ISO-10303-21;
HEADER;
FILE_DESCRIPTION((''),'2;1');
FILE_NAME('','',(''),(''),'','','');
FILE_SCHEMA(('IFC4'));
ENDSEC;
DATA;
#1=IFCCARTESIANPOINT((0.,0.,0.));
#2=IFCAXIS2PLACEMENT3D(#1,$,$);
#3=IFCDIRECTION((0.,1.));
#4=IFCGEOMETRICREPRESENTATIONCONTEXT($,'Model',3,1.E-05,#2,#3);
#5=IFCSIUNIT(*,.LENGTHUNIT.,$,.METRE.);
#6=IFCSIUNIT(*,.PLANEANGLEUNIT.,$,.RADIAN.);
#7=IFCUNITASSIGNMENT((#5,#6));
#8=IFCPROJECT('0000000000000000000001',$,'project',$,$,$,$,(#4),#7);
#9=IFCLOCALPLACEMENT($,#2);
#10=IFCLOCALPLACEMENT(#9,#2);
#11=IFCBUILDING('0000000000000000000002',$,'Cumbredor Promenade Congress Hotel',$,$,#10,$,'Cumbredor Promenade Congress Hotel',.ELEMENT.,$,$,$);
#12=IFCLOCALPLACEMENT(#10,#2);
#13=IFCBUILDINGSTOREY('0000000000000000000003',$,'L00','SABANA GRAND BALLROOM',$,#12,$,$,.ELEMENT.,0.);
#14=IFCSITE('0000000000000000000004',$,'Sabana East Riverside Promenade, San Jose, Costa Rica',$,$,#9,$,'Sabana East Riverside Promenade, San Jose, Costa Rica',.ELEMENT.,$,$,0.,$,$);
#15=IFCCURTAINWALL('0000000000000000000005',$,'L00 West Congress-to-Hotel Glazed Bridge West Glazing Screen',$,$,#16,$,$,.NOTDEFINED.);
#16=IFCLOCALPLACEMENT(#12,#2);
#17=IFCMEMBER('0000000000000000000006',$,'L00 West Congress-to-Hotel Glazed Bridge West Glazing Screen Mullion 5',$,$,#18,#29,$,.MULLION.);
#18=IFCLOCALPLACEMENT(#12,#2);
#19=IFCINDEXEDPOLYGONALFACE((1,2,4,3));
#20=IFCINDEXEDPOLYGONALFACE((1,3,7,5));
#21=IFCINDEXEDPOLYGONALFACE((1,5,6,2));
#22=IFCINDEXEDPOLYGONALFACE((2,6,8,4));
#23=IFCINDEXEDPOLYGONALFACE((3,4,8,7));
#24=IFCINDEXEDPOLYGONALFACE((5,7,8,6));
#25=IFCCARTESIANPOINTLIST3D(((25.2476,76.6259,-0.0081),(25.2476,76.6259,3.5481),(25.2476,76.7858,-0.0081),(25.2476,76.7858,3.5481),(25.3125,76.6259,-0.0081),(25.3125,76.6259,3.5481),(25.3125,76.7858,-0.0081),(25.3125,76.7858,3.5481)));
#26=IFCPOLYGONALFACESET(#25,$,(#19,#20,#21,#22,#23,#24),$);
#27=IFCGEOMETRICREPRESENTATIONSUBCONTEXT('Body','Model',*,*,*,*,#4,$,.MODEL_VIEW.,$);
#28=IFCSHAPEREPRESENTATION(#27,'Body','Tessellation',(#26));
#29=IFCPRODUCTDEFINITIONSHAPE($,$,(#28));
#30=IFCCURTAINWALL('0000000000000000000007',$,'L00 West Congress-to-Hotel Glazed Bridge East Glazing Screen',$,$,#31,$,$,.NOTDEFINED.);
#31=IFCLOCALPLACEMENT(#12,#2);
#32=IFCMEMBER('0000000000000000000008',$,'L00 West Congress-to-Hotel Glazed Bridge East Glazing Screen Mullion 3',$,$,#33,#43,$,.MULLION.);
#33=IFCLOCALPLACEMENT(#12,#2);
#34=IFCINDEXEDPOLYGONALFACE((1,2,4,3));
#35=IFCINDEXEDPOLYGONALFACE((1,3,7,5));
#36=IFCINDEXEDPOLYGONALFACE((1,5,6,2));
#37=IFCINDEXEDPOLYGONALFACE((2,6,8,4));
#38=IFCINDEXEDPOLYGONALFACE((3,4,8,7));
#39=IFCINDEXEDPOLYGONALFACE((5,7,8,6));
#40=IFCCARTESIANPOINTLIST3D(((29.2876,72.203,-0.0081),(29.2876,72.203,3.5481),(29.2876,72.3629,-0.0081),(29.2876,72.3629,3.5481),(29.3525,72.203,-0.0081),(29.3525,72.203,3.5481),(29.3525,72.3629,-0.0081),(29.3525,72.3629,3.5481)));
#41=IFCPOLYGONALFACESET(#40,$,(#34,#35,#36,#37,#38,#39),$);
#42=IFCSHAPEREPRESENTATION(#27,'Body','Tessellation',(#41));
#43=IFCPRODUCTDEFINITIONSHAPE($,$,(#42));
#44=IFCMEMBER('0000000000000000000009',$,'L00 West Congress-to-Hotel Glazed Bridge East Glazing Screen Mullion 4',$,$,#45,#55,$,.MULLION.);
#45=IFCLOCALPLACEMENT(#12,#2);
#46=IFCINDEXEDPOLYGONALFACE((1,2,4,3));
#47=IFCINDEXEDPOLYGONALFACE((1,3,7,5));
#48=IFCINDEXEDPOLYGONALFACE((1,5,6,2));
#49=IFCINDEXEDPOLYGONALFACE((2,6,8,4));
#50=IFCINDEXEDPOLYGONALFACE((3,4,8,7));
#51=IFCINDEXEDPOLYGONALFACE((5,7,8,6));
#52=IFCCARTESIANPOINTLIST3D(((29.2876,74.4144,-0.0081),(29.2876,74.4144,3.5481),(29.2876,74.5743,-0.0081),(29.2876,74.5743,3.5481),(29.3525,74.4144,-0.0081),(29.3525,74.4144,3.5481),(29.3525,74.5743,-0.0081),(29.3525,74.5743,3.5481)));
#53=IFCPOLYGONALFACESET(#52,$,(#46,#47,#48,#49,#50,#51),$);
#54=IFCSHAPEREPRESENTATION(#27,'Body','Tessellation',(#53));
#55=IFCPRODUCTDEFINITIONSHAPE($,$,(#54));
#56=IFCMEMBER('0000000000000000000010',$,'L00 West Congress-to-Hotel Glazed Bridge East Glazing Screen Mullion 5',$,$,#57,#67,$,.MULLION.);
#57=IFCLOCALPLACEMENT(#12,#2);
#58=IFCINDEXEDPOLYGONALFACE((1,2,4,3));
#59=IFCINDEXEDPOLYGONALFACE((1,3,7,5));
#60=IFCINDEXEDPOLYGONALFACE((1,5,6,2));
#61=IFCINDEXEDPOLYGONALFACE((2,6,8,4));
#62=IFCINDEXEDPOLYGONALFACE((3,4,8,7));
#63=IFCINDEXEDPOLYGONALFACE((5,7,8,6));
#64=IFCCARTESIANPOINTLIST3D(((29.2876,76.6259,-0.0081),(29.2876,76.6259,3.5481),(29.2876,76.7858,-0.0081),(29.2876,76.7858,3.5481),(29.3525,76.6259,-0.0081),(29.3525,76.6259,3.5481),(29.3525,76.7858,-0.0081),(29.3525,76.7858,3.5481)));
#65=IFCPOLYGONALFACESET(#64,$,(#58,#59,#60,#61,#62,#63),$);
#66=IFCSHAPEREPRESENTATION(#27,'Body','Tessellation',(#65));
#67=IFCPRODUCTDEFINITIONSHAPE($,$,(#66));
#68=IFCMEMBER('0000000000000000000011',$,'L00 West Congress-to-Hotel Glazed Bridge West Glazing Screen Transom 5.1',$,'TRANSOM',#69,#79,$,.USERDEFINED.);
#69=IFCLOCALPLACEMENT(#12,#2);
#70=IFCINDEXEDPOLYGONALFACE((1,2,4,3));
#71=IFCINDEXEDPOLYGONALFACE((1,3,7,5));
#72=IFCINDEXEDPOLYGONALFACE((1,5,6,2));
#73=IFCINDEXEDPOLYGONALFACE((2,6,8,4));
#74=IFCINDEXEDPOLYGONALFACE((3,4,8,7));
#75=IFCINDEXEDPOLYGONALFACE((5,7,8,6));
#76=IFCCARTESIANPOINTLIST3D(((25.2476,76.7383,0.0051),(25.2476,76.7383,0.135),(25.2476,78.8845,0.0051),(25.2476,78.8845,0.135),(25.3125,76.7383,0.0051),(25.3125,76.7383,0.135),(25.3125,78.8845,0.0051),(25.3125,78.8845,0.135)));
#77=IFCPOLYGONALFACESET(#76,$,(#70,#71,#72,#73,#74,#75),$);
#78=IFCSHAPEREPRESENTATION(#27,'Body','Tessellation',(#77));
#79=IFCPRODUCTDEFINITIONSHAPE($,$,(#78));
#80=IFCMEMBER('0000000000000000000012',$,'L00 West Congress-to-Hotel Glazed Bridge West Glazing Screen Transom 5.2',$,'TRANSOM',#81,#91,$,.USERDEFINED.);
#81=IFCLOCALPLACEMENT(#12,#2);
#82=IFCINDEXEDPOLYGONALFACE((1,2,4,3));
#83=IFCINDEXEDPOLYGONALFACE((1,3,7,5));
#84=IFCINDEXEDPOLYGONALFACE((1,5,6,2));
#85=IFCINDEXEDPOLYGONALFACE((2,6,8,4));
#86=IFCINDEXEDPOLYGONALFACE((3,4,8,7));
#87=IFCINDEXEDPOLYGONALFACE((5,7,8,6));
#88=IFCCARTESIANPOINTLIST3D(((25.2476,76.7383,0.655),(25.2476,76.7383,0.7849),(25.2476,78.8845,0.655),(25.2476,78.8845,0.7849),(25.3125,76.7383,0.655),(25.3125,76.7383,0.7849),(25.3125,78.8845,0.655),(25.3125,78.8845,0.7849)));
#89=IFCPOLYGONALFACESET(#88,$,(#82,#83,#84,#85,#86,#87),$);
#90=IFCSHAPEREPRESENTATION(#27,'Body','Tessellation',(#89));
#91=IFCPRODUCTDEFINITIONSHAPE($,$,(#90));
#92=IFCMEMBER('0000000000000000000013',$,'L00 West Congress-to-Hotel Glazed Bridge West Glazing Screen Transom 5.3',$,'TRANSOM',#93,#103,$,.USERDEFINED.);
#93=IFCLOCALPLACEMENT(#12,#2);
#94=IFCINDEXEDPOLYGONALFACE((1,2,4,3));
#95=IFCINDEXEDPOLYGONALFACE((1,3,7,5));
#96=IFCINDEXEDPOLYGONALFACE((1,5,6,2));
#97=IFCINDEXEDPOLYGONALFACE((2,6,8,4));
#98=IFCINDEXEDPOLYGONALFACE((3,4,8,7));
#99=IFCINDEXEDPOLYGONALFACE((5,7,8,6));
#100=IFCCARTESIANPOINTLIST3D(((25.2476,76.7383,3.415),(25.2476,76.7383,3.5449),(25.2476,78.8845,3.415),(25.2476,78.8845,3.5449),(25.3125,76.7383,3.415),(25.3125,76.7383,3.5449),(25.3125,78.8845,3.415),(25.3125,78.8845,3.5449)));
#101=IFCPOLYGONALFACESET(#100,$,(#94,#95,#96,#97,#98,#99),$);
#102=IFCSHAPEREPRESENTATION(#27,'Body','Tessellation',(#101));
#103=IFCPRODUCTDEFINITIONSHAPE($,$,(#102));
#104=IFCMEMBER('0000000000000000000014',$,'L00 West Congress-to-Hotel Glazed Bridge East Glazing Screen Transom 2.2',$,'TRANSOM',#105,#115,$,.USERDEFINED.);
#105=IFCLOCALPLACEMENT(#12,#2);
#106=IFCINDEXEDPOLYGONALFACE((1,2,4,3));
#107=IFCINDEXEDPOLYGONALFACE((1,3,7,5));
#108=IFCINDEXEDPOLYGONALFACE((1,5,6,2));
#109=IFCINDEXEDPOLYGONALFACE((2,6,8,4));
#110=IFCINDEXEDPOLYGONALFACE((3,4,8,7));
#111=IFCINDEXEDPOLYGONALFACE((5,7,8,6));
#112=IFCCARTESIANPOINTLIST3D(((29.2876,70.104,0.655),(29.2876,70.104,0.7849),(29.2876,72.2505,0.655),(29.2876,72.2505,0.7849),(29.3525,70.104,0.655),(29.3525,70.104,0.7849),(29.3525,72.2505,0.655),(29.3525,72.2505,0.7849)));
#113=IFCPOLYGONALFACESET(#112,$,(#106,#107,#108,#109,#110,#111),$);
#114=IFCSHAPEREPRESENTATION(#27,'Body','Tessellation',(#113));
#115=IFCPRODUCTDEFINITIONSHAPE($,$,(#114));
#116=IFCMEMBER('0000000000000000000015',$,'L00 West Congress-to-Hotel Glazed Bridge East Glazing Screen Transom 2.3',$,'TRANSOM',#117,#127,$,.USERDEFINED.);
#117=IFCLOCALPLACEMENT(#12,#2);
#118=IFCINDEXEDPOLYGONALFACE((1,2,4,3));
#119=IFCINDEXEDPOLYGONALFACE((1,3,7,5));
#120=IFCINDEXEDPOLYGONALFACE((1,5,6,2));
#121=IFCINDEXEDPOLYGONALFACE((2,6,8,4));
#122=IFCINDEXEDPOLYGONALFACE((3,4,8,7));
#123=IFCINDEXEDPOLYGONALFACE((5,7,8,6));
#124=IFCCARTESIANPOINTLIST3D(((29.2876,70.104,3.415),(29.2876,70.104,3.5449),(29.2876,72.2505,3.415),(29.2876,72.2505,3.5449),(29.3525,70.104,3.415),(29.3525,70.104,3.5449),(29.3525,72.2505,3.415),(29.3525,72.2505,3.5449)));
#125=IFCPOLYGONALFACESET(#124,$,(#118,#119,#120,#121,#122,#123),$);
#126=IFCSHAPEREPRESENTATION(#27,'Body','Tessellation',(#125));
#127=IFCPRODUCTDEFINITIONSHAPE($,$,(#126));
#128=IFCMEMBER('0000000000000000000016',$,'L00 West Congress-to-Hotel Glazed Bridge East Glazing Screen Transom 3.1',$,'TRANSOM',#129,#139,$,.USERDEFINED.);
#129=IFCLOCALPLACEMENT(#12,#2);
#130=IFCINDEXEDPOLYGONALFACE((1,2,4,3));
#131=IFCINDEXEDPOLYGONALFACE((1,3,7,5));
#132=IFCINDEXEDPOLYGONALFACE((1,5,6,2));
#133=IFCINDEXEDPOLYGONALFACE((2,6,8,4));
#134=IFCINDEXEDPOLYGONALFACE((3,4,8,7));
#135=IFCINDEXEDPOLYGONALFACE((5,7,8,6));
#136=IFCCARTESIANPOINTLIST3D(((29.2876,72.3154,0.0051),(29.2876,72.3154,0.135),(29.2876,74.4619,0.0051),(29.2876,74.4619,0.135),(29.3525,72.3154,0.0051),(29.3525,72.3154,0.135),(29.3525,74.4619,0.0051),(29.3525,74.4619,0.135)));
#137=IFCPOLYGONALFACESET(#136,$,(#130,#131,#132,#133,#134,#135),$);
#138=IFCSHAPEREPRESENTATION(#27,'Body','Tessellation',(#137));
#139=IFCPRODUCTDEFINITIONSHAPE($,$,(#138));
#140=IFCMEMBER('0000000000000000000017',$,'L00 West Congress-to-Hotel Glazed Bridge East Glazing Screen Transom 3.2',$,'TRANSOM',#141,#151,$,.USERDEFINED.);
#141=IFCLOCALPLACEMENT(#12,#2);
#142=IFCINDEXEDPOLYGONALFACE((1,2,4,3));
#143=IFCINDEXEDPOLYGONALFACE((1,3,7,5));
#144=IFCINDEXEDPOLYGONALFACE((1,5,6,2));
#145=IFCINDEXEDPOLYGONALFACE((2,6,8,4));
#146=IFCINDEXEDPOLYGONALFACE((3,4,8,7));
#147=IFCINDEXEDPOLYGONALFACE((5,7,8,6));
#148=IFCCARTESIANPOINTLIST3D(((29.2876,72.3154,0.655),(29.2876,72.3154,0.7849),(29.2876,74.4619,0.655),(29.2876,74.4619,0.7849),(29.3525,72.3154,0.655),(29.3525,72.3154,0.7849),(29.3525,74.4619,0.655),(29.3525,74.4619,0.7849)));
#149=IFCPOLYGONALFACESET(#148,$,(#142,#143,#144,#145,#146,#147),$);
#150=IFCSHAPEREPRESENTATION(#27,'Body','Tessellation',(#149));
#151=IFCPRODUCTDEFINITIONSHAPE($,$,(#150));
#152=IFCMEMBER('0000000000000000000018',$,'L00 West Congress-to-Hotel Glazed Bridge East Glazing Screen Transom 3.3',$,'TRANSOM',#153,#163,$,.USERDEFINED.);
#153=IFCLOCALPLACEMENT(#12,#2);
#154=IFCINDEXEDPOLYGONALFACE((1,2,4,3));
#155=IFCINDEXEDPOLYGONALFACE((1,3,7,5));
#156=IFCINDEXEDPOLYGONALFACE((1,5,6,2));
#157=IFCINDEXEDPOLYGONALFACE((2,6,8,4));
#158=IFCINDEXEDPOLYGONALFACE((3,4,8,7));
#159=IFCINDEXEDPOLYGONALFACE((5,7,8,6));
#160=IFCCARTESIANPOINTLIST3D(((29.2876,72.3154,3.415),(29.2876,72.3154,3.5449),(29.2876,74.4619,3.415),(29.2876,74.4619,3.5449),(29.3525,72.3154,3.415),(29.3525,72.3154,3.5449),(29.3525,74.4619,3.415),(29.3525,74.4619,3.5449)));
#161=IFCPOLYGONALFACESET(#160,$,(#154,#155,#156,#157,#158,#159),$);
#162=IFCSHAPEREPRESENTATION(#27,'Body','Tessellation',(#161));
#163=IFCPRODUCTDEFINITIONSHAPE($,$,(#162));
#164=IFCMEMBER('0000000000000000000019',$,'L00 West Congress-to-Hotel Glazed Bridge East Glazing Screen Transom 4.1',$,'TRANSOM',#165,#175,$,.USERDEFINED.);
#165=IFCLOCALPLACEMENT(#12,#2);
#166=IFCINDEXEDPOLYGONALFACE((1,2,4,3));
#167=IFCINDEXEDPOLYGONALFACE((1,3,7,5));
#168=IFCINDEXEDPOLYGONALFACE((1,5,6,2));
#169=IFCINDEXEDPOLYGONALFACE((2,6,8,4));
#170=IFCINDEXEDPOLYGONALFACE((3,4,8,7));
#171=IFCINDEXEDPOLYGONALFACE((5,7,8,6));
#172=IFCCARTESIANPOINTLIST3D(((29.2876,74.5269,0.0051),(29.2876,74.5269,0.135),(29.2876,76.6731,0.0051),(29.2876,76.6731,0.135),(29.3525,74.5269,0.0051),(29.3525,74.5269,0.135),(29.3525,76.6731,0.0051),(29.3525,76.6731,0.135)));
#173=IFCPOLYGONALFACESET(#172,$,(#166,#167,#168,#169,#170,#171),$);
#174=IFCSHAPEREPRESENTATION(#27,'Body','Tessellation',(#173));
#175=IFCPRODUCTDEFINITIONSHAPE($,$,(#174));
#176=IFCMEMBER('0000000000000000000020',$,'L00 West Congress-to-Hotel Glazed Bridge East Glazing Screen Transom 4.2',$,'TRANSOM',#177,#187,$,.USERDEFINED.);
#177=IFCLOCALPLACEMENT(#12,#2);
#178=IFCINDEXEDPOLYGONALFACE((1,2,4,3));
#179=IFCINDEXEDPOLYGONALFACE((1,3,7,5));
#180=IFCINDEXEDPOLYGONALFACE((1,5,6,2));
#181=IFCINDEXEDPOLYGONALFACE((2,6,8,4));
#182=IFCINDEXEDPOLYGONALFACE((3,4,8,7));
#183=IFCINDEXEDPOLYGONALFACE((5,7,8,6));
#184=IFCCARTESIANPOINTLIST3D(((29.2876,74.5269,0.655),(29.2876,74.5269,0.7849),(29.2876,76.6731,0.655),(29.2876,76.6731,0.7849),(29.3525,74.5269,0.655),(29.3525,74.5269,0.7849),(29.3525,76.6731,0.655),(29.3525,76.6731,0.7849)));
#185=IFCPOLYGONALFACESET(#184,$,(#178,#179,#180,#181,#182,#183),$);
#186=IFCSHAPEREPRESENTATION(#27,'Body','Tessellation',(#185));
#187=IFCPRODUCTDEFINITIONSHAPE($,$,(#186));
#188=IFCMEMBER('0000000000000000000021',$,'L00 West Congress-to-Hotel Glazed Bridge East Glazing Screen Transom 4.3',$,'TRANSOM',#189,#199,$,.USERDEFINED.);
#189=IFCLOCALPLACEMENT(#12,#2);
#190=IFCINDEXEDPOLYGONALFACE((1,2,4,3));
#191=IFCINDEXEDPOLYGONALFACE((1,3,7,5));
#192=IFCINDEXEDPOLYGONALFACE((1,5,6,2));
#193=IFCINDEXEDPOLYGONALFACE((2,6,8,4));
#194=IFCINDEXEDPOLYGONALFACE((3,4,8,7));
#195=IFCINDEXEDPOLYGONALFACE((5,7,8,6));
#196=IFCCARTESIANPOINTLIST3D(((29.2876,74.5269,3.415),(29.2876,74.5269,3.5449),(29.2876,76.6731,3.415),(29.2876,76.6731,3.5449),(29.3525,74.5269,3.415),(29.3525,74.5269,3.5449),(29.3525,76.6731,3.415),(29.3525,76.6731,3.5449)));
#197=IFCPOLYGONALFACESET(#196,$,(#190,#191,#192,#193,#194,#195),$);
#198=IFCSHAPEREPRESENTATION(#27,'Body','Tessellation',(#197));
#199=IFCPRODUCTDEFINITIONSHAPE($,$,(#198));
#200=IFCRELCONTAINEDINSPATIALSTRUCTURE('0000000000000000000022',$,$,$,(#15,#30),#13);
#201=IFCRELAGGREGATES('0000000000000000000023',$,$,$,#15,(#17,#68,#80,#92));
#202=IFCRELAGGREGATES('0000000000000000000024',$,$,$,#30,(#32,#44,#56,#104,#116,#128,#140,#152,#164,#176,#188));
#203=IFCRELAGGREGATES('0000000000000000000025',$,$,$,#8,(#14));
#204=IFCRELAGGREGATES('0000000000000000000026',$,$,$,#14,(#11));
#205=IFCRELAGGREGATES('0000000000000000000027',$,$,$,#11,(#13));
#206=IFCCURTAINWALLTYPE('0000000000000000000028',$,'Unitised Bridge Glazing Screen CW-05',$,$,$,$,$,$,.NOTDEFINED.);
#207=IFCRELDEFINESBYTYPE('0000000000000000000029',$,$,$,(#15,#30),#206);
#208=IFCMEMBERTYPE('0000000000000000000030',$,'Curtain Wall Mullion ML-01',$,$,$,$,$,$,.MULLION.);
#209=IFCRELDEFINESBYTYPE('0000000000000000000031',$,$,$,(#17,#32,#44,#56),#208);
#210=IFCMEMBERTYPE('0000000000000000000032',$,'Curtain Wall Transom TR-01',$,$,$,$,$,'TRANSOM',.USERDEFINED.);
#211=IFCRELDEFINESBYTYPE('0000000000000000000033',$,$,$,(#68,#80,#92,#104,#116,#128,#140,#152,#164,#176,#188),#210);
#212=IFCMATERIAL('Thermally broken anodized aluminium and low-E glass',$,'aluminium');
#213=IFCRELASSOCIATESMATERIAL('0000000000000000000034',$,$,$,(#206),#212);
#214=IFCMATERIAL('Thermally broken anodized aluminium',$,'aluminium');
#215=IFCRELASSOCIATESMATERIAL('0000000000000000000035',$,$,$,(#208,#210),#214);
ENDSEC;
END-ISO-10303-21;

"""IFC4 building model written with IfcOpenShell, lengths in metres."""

from ifc_helpers import new_model, si_unit, direction, frame, origin, origin_2d, place, context, subcontext, project, spatial, rectangle, extrude, material, material_profile, profile_set, type_object, element, aggregate, save


model = new_model("IFC4")

# Units and contexts
model_context = context("Model", 3, precision=1e-05, world=origin(), true_north=direction((0.0, 1.0)))
body_context = subcontext(model_context, "Body", "Model", "MODEL_VIEW")
ifc_project = project(units=[si_unit("LENGTHUNIT", "METRE"), si_unit("PLANEANGLEUNIT", "RADIAN")], contexts=[model_context])

# Site, building, storey
site_placement = place(None, origin())
site = spatial("IfcSite", under=ifc_project, at=site_placement, Name="Sabana East Riverside Promenade, San Jose, Costa Rica", LongName="Sabana East Riverside Promenade, San Jose, Costa Rica", CompositionType="ELEMENT", RefElevation=0.0)
building_placement = place(site_placement, origin())
building = spatial("IfcBuilding", under=site, at=building_placement, Name="Cumbredor Promenade Congress Hotel", LongName="Cumbredor Promenade Congress Hotel", CompositionType="ELEMENT")
storey_placement = place(building_placement, origin())
storey = spatial("IfcBuildingStorey", under=building, at=storey_placement, Name="L00", Description="SABANA GRAND BALLROOM", CompositionType="ELEMENT", Elevation=0.0)

# Curtain wall, member
ifc_material_1 = material(Name="Thermally broken anodized aluminium and low-E glass", Category="aluminium")
curtain_wall_type = type_object("IfcCurtainWallType", Name="Unitised Bridge Glazing Screen CW-05", PredefinedType="NOTDEFINED", material=ifc_material_1)
curtain_wall_1_placement = place(storey_placement, origin())
curtain_wall_1 = element("IfcCurtainWall", 1, at=curtain_wall_1_placement, inside=storey, type_object=curtain_wall_type, Name="L00 West Congress-to-Hotel Glazed Bridge West Glazing Screen", PredefinedType="NOTDEFINED")
ifc_material_2 = material(Name="Thermally broken anodized aluminium", Category="aluminium")
ifc_material_profile_1 = material_profile(ifc_material_2, rectangle(XDim=0.0649, YDim=0.1599, at=origin_2d()), Name="ALU MULLION 65x160")
ifc_profile_set_1 = profile_set([ifc_material_profile_1], Name="Thermally broken anodized aluminium")
member_type_1 = type_object("IfcMemberType", Name="Curtain Wall Mullion ML-01", PredefinedType="MULLION", material=ifc_profile_set_1)
member_1_placement = place(storey_placement, frame((25.28, 76.7058, -0.0081), z_axis=(0.0, 0.0, 1.0), x_axis=(1.0, 0.0, 0.0)))
member_1 = element("IfcMember", 2, at=member_1_placement, type_object=member_type_1, Name="L00 West Congress-to-Hotel Glazed Bridge West Glazing Screen Mullion 5", PredefinedType="MULLION", context=body_context, shape_type="SweptSolid", body=[
    extrude(rectangle(XDim=0.0649, YDim=0.1599, at=origin_2d()), origin(), (0.0, 0.0, 1.0), 3.5562),
])

# Curtain wall, members
curtain_wall_2_placement = place(storey_placement, origin())
curtain_wall_2 = element("IfcCurtainWall", 3, at=curtain_wall_2_placement, inside=storey, type_object=curtain_wall_type, Name="L00 West Congress-to-Hotel Glazed Bridge East Glazing Screen", PredefinedType="NOTDEFINED")
member_2_placement = place(storey_placement, frame((29.3201, 72.283, -0.0081), z_axis=(0.0, 0.0, 1.0), x_axis=(1.0, 0.0, 0.0)))
member_2 = element("IfcMember", 4, at=member_2_placement, type_object=member_type_1, Name="L00 West Congress-to-Hotel Glazed Bridge East Glazing Screen Mullion 3", PredefinedType="MULLION", context=body_context, shape_type="SweptSolid", body=[
    extrude(rectangle(XDim=0.0649, YDim=0.1599, at=origin_2d()), origin(), (0.0, 0.0, 1.0), 3.5562),
])
member_3_placement = place(storey_placement, frame((29.3201, 74.4944, -0.0081), z_axis=(0.0, 0.0, 1.0), x_axis=(1.0, 0.0, 0.0)))
member_3 = element("IfcMember", 5, at=member_3_placement, type_object=member_type_1, Name="L00 West Congress-to-Hotel Glazed Bridge East Glazing Screen Mullion 4", PredefinedType="MULLION", context=body_context, shape_type="SweptSolid", body=[
    extrude(rectangle(XDim=0.0649, YDim=0.1599, at=origin_2d()), origin(), (0.0, 0.0, 1.0), 3.5562),
])
member_4_placement = place(storey_placement, frame((29.3201, 76.7058, -0.0081), z_axis=(0.0, 0.0, 1.0), x_axis=(1.0, 0.0, 0.0)))
member_4 = element("IfcMember", 6, at=member_4_placement, type_object=member_type_1, Name="L00 West Congress-to-Hotel Glazed Bridge East Glazing Screen Mullion 5", PredefinedType="MULLION", context=body_context, shape_type="SweptSolid", body=[
    extrude(rectangle(XDim=0.0649, YDim=0.1599, at=origin_2d()), origin(), (0.0, 0.0, 1.0), 3.5562),
])

# Members
ifc_material_profile_2 = material_profile(ifc_material_2, rectangle(XDim=0.0649, YDim=0.1299, at=origin_2d()), Name="ALU TRANSOM 65x130")
ifc_profile_set_2 = profile_set([ifc_material_profile_2], Name="Thermally broken anodized aluminium")
member_type_2 = type_object("IfcMemberType", Name="Curtain Wall Transom TR-01", ElementType="TRANSOM", PredefinedType="USERDEFINED", material=ifc_profile_set_2)
member_5_placement = place(storey_placement, frame((25.28, 76.7383, 0.0701), z_axis=(0.0, 1.0, 0.0), x_axis=(-1.0, 0.0, 0.0)))
member_5 = element("IfcMember", 7, at=member_5_placement, type_object=member_type_2, Name="L00 West Congress-to-Hotel Glazed Bridge West Glazing Screen Transom 5.1", ObjectType="TRANSOM", PredefinedType="USERDEFINED", context=body_context, shape_type="SweptSolid", body=[
    extrude(rectangle(XDim=0.0649, YDim=0.1299, at=origin_2d()), origin(), (0.0, 0.0, 1.0), 2.1462),
])
member_6_placement = place(storey_placement, frame((25.28, 76.7383, 0.72), z_axis=(0.0, 1.0, 0.0), x_axis=(-1.0, 0.0, 0.0)))
member_6 = element("IfcMember", 8, at=member_6_placement, type_object=member_type_2, Name="L00 West Congress-to-Hotel Glazed Bridge West Glazing Screen Transom 5.2", ObjectType="TRANSOM", PredefinedType="USERDEFINED", context=body_context, shape_type="SweptSolid", body=[
    extrude(rectangle(XDim=0.0649, YDim=0.1299, at=origin_2d()), origin(), (0.0, 0.0, 1.0), 2.1462),
])
member_7_placement = place(storey_placement, frame((25.28, 76.7383, 3.48), z_axis=(0.0, 1.0, 0.0), x_axis=(-1.0, 0.0, 0.0)))
member_7 = element("IfcMember", 9, at=member_7_placement, type_object=member_type_2, Name="L00 West Congress-to-Hotel Glazed Bridge West Glazing Screen Transom 5.3", ObjectType="TRANSOM", PredefinedType="USERDEFINED", context=body_context, shape_type="SweptSolid", body=[
    extrude(rectangle(XDim=0.0649, YDim=0.1299, at=origin_2d()), origin(), (0.0, 0.0, 1.0), 2.1462),
])
aggregate(curtain_wall_1, [member_1, member_5, member_6, member_7])
member_8_placement = place(storey_placement, frame((29.3201, 70.104, 0.72), z_axis=(0.0, 1.0, 0.0), x_axis=(-1.0, 0.0, 0.0)))
member_8 = element("IfcMember", 10, at=member_8_placement, type_object=member_type_2, Name="L00 West Congress-to-Hotel Glazed Bridge East Glazing Screen Transom 2.2", ObjectType="TRANSOM", PredefinedType="USERDEFINED", context=body_context, shape_type="SweptSolid", body=[
    extrude(rectangle(XDim=0.0649, YDim=0.1299, at=origin_2d()), origin(), (0.0, 0.0, 1.0), 2.1465),
])
member_9_placement = place(storey_placement, frame((29.3201, 70.104, 3.48), z_axis=(0.0, 1.0, 0.0), x_axis=(-1.0, 0.0, 0.0)))
member_9 = element("IfcMember", 11, at=member_9_placement, type_object=member_type_2, Name="L00 West Congress-to-Hotel Glazed Bridge East Glazing Screen Transom 2.3", ObjectType="TRANSOM", PredefinedType="USERDEFINED", context=body_context, shape_type="SweptSolid", body=[
    extrude(rectangle(XDim=0.0649, YDim=0.1299, at=origin_2d()), origin(), (0.0, 0.0, 1.0), 2.1465),
])
member_10_placement = place(storey_placement, frame((29.3201, 72.3154, 0.0701), z_axis=(0.0, 1.0, 0.0), x_axis=(-1.0, 0.0, 0.0)))
member_10 = element("IfcMember", 12, at=member_10_placement, type_object=member_type_2, Name="L00 West Congress-to-Hotel Glazed Bridge East Glazing Screen Transom 3.1", ObjectType="TRANSOM", PredefinedType="USERDEFINED", context=body_context, shape_type="SweptSolid", body=[
    extrude(rectangle(XDim=0.0649, YDim=0.1299, at=origin_2d()), origin(), (0.0, 0.0, 1.0), 2.1465),
])
member_11_placement = place(storey_placement, frame((29.3201, 72.3154, 0.72), z_axis=(0.0, 1.0, 0.0), x_axis=(-1.0, 0.0, 0.0)))
member_11 = element("IfcMember", 13, at=member_11_placement, type_object=member_type_2, Name="L00 West Congress-to-Hotel Glazed Bridge East Glazing Screen Transom 3.2", ObjectType="TRANSOM", PredefinedType="USERDEFINED", context=body_context, shape_type="SweptSolid", body=[
    extrude(rectangle(XDim=0.0649, YDim=0.1299, at=origin_2d()), origin(), (0.0, 0.0, 1.0), 2.1465),
])
member_12_placement = place(storey_placement, frame((29.3201, 72.3154, 3.48), z_axis=(0.0, 1.0, 0.0), x_axis=(-1.0, 0.0, 0.0)))
member_12 = element("IfcMember", 14, at=member_12_placement, type_object=member_type_2, Name="L00 West Congress-to-Hotel Glazed Bridge East Glazing Screen Transom 3.3", ObjectType="TRANSOM", PredefinedType="USERDEFINED", context=body_context, shape_type="SweptSolid", body=[
    extrude(rectangle(XDim=0.0649, YDim=0.1299, at=origin_2d()), origin(), (0.0, 0.0, 1.0), 2.1465),
])
member_13_placement = place(storey_placement, frame((29.3201, 74.5269, 0.0701), z_axis=(0.0, 1.0, 0.0), x_axis=(-1.0, 0.0, 0.0)))
member_13 = element("IfcMember", 15, at=member_13_placement, type_object=member_type_2, Name="L00 West Congress-to-Hotel Glazed Bridge East Glazing Screen Transom 4.1", ObjectType="TRANSOM", PredefinedType="USERDEFINED", context=body_context, shape_type="SweptSolid", body=[
    extrude(rectangle(XDim=0.0649, YDim=0.1299, at=origin_2d()), origin(), (0.0, 0.0, 1.0), 2.1462),
])
member_14_placement = place(storey_placement, frame((29.3201, 74.5269, 0.72), z_axis=(0.0, 1.0, 0.0), x_axis=(-1.0, 0.0, 0.0)))
member_14 = element("IfcMember", 16, at=member_14_placement, type_object=member_type_2, Name="L00 West Congress-to-Hotel Glazed Bridge East Glazing Screen Transom 4.2", ObjectType="TRANSOM", PredefinedType="USERDEFINED", context=body_context, shape_type="SweptSolid", body=[
    extrude(rectangle(XDim=0.0649, YDim=0.1299, at=origin_2d()), origin(), (0.0, 0.0, 1.0), 2.1462),
])
member_15_placement = place(storey_placement, frame((29.3201, 74.5269, 3.48), z_axis=(0.0, 1.0, 0.0), x_axis=(-1.0, 0.0, 0.0)))
member_15 = element("IfcMember", 17, at=member_15_placement, type_object=member_type_2, Name="L00 West Congress-to-Hotel Glazed Bridge East Glazing Screen Transom 4.3", ObjectType="TRANSOM", PredefinedType="USERDEFINED", context=body_context, shape_type="SweptSolid", body=[
    extrude(rectangle(XDim=0.0649, YDim=0.1299, at=origin_2d()), origin(), (0.0, 0.0, 1.0), 2.1462),
])

aggregate(curtain_wall_2, [member_2, member_3, member_4, member_8, member_9, member_10, member_11, member_12, member_13, member_14, member_15])

save(model, "model.ifc")
